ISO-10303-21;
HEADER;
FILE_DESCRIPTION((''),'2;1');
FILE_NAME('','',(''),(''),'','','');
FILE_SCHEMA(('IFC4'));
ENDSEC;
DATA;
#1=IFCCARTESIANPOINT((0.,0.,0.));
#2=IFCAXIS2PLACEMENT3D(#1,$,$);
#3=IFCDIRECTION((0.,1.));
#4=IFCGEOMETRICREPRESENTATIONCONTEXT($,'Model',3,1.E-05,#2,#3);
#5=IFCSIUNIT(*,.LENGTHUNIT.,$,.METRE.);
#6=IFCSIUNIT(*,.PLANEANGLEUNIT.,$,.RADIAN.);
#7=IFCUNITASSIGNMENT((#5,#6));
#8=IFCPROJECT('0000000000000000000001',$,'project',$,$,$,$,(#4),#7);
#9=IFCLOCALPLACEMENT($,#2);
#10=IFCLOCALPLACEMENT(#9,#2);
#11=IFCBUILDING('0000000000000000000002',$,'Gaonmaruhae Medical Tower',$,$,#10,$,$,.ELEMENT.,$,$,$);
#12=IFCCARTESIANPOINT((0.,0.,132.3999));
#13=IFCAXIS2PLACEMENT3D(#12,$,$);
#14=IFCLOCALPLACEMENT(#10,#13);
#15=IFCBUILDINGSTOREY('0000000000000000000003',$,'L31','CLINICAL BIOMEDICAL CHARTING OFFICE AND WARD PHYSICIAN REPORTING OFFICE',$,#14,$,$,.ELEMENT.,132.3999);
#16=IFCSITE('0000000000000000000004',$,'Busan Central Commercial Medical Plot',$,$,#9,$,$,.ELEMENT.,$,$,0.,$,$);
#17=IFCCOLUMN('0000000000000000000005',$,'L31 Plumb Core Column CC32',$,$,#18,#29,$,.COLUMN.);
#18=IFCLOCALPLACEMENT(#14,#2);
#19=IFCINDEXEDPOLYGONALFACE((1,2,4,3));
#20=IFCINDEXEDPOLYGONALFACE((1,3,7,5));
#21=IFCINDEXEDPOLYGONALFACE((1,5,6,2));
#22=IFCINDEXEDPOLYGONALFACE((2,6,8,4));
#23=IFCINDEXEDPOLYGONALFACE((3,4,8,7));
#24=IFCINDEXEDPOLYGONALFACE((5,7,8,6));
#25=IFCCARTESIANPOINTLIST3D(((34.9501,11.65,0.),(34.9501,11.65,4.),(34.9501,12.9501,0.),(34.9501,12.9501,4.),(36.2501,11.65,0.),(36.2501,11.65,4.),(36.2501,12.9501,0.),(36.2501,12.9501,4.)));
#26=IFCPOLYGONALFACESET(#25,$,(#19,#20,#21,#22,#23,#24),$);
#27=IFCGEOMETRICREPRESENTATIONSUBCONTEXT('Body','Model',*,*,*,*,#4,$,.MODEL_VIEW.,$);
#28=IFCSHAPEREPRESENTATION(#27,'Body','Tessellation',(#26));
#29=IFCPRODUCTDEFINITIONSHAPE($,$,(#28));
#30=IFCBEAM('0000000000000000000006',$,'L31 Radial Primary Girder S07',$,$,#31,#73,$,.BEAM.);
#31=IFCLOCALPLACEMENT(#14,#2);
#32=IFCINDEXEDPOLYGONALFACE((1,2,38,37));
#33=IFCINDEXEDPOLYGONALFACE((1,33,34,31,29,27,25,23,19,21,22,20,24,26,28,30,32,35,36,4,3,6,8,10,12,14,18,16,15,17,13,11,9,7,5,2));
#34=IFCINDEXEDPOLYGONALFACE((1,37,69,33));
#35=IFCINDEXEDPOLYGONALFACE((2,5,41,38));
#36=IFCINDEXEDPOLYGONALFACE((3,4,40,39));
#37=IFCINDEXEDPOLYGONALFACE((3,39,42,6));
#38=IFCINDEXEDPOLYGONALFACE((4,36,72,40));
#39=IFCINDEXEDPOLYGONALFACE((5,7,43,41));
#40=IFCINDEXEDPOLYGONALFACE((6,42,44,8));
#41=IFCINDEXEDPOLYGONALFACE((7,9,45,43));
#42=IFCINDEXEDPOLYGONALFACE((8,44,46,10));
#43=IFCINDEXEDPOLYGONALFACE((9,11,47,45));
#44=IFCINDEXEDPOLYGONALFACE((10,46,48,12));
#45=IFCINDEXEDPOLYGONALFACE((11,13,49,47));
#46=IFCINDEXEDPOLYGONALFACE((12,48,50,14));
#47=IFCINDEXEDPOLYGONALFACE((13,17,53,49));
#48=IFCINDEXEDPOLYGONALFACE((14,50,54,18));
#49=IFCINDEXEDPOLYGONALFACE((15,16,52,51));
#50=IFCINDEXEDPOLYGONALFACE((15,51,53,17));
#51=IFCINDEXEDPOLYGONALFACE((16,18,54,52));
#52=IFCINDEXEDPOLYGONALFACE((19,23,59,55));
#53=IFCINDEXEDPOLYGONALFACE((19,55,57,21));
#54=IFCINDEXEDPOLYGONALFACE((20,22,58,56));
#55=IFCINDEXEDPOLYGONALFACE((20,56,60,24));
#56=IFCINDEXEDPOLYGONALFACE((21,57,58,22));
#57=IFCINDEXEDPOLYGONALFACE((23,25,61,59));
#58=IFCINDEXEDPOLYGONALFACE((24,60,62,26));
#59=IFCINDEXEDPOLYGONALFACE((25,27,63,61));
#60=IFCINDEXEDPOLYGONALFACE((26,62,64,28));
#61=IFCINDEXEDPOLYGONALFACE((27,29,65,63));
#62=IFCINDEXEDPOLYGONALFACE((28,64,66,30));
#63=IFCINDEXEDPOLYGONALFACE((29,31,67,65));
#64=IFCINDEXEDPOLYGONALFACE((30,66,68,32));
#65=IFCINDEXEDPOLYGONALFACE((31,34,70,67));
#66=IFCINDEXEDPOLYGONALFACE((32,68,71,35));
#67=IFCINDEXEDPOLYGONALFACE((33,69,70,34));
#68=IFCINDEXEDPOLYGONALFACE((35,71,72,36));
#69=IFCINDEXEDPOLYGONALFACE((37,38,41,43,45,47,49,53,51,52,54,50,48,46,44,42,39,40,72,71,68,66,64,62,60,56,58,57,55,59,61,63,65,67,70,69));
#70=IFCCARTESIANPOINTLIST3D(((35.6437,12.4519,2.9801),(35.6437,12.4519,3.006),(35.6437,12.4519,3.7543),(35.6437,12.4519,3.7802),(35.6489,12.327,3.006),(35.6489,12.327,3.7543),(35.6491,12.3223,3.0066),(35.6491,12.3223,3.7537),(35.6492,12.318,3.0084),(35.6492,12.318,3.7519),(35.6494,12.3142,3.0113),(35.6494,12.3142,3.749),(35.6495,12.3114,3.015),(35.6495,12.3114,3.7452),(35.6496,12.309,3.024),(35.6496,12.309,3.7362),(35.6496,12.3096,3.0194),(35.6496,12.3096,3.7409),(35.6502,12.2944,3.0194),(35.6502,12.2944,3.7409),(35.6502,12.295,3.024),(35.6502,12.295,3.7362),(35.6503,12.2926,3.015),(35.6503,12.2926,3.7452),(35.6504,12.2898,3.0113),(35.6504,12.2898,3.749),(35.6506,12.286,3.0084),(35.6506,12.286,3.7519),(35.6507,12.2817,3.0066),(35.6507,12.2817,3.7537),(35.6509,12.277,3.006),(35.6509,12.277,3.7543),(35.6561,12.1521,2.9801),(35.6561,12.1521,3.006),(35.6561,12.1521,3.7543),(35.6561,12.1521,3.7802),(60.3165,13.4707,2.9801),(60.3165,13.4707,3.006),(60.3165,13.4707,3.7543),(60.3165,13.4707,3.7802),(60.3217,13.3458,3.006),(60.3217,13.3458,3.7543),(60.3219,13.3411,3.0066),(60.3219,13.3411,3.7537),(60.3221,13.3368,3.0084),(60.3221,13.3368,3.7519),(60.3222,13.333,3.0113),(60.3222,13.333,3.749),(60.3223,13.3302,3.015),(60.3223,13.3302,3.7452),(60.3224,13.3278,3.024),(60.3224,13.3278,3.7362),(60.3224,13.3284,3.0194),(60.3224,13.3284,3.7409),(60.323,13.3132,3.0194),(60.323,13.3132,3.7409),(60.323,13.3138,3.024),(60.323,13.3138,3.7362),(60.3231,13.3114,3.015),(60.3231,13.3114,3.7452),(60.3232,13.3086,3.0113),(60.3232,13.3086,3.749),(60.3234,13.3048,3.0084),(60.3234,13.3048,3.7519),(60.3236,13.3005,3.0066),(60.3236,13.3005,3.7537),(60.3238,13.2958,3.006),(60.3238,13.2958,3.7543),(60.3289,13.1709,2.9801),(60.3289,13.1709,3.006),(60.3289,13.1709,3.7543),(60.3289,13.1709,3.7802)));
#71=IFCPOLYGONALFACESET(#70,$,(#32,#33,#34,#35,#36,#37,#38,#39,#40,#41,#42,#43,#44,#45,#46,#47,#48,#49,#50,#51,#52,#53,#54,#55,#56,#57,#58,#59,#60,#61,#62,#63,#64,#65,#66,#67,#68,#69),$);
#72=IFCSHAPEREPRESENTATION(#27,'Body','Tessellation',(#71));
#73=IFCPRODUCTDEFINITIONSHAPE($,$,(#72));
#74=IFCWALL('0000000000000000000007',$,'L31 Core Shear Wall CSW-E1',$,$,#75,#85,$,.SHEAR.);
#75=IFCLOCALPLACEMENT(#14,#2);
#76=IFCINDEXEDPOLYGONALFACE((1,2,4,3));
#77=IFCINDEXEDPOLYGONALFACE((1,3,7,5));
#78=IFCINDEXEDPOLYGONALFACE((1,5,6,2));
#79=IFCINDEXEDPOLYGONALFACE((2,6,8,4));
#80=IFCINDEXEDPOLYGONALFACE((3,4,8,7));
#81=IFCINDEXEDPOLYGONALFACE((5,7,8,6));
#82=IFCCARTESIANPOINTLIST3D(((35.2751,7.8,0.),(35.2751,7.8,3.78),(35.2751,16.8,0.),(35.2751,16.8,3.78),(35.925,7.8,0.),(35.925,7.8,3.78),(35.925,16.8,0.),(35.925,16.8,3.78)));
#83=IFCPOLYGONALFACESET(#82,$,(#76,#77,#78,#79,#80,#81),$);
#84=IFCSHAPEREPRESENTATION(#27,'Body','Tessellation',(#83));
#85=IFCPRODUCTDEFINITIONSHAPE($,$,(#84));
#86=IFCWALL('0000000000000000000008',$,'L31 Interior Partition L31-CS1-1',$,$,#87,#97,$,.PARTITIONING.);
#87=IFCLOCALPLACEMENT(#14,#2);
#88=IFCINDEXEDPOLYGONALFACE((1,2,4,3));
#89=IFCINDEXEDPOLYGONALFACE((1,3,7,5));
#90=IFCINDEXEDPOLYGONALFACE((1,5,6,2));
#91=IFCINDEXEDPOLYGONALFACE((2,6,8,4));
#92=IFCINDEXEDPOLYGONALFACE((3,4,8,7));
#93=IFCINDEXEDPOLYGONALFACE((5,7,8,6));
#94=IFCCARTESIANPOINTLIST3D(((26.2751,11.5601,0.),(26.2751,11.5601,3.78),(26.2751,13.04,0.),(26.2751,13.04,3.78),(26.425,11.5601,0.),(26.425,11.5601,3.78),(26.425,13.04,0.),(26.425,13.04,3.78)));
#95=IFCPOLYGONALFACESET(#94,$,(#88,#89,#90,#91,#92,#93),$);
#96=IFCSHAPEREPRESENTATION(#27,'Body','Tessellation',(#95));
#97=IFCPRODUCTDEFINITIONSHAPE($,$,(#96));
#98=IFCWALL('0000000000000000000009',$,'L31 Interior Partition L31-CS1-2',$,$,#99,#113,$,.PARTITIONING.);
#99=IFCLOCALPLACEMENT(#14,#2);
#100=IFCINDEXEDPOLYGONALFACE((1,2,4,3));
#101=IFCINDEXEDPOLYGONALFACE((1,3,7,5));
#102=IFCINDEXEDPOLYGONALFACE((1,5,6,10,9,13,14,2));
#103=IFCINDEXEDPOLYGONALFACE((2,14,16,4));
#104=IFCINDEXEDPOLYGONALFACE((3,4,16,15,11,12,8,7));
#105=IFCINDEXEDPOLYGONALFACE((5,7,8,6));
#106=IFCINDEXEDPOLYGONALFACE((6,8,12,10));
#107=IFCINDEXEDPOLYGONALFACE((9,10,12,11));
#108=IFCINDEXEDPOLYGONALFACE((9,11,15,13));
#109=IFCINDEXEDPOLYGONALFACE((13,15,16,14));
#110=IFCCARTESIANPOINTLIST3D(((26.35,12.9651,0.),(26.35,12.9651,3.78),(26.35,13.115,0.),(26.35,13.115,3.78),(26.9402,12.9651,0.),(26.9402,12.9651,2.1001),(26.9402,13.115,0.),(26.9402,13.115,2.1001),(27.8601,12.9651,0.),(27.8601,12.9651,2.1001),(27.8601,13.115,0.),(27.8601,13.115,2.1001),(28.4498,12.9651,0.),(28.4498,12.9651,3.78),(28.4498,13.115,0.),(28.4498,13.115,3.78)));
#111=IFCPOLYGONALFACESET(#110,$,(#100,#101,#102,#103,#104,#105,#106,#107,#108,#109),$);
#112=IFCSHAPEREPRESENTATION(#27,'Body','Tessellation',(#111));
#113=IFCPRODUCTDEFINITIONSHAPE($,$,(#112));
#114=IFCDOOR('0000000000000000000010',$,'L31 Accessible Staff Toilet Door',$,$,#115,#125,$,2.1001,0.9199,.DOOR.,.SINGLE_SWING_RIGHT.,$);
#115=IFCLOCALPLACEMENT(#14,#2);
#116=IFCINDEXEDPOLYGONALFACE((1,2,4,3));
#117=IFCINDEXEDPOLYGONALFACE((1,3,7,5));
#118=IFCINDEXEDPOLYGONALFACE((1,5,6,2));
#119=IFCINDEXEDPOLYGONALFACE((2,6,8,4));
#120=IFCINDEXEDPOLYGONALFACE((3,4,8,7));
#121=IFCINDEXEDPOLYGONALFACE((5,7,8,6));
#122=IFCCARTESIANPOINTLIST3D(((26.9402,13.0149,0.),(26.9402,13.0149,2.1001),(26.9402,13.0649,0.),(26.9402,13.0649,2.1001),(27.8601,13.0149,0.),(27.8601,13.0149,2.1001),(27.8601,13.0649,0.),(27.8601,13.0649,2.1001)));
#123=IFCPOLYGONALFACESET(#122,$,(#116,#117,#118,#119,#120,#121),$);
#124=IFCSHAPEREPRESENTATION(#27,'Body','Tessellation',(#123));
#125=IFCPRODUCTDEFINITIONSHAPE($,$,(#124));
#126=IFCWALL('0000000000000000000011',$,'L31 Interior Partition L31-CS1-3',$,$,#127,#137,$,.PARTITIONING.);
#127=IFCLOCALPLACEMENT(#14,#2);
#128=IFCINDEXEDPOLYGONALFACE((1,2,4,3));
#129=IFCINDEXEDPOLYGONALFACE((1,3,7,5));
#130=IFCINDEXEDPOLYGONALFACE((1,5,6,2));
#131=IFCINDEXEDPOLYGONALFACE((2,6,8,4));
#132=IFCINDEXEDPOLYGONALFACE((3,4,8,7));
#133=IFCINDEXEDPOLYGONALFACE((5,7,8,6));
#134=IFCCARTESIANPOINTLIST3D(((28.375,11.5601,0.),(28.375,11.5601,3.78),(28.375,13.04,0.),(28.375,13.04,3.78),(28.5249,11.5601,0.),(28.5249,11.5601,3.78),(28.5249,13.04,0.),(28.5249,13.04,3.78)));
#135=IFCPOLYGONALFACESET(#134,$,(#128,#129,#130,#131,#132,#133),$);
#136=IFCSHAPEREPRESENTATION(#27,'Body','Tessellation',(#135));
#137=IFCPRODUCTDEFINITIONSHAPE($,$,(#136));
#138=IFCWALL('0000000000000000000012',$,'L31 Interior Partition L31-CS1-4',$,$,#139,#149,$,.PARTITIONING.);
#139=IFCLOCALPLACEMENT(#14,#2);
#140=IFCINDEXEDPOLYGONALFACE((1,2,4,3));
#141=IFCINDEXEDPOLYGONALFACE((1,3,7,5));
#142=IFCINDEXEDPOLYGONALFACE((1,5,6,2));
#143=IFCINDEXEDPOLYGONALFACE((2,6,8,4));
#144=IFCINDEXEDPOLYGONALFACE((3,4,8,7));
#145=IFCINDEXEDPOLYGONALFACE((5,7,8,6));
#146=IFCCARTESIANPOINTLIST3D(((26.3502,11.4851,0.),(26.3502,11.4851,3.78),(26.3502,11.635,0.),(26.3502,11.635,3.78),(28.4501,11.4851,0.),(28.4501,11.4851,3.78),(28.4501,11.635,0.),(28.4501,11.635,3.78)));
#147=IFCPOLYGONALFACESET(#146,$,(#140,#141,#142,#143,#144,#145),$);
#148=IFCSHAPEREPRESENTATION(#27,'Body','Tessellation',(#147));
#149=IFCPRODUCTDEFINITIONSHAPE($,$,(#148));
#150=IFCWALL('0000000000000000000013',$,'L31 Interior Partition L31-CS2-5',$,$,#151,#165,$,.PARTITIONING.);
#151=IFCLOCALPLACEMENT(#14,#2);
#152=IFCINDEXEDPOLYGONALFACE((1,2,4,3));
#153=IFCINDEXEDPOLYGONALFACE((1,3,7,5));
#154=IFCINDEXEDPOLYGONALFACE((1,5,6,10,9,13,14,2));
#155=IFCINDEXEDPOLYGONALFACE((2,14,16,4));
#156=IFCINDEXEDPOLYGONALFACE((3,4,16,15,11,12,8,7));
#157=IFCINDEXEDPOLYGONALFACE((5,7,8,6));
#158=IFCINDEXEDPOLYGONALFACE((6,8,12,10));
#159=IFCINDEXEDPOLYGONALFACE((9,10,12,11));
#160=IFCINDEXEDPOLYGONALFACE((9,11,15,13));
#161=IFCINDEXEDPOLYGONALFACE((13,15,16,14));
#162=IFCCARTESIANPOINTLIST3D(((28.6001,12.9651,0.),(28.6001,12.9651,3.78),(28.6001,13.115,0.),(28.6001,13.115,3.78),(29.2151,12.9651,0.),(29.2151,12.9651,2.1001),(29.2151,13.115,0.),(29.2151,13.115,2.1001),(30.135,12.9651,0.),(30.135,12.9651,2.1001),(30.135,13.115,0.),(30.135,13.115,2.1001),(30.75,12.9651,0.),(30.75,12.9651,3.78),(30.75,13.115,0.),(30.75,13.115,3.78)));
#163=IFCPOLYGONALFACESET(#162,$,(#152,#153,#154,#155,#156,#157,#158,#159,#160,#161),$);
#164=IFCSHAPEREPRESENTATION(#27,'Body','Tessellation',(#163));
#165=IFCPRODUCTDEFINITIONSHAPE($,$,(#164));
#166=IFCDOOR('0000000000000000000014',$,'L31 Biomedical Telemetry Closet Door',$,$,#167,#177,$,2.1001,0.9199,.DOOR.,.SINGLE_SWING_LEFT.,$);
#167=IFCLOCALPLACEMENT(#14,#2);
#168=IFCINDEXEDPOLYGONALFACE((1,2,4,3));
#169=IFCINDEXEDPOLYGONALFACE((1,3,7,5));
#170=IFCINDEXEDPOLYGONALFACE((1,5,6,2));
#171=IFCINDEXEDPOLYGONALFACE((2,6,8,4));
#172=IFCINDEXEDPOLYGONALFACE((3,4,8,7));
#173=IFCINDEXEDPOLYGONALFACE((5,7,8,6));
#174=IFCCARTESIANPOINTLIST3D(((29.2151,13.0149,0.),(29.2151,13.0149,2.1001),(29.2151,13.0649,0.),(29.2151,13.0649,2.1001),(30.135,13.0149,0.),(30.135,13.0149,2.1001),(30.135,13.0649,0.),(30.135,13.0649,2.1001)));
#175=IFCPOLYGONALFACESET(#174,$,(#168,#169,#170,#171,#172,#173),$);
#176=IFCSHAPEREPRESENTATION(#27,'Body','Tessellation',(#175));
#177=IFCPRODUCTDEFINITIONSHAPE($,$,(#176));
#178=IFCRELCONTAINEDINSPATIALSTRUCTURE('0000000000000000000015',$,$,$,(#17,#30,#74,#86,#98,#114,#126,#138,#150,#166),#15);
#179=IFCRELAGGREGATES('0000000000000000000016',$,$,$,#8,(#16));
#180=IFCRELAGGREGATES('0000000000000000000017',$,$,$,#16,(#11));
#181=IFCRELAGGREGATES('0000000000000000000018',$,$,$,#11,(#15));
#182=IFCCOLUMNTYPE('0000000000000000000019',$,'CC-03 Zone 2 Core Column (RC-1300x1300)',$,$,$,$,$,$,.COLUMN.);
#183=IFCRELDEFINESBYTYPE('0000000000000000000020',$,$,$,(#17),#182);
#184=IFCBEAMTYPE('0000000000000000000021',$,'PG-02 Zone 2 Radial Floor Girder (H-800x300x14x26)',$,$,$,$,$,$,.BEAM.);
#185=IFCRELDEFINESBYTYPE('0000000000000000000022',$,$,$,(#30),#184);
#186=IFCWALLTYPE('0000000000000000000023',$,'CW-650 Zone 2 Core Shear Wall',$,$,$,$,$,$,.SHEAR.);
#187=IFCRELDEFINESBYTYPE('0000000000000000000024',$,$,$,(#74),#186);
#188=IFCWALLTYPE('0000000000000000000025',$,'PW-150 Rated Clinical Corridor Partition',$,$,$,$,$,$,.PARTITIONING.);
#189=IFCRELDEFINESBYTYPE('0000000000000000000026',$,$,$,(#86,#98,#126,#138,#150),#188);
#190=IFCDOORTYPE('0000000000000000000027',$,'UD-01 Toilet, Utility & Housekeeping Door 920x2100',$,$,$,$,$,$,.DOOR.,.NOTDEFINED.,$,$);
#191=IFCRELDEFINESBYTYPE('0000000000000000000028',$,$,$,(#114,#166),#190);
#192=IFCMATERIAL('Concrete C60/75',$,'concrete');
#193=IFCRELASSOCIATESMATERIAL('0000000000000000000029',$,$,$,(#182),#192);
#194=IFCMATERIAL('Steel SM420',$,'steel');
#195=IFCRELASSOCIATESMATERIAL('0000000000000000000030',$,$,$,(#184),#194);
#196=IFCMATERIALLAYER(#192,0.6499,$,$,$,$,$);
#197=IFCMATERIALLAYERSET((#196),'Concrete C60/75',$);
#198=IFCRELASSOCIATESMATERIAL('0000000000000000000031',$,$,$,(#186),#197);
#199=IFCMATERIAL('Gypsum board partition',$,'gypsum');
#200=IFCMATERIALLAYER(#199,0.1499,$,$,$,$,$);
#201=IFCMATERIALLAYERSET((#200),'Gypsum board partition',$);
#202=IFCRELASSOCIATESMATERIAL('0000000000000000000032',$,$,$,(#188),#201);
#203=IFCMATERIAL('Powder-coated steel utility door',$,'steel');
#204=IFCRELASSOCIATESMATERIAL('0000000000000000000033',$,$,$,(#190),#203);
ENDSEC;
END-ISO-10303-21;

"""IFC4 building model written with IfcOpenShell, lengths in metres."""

from ifc_helpers import new_model, si_unit, direction, frame, frame_2d, origin, origin_2d, place, context, subcontext, project, spatial, rectangle, i_section, extrude, material, layer, layer_set, material_profile, profile_set, type_object, element, fill, save


model = new_model("IFC4")

# Units and contexts
model_context = context("Model", 3, precision=1e-05, world=origin(), true_north=direction((0.0, 1.0)))
body_context = subcontext(model_context, "Body", "Model", "MODEL_VIEW")
ifc_project = project(units=[si_unit("LENGTHUNIT", "METRE"), si_unit("PLANEANGLEUNIT", "RADIAN")], contexts=[model_context])

# Site, building, storey
site_placement = place(None, origin())
site = spatial("IfcSite", under=ifc_project, at=site_placement, Name="Busan Central Commercial Medical Plot", CompositionType="ELEMENT", RefElevation=0.0)
building_placement = place(site_placement, origin())
building = spatial("IfcBuilding", under=site, at=building_placement, Name="Gaonmaruhae Medical Tower", CompositionType="ELEMENT")
storey_placement = place(building_placement, frame((0.0, 0.0, 132.3999)))
storey = spatial("IfcBuildingStorey", under=building, at=storey_placement, Name="L31", Description="CLINICAL BIOMEDICAL CHARTING OFFICE AND WARD PHYSICIAN REPORTING OFFICE", CompositionType="ELEMENT", Elevation=132.3999)

# Column
ifc_material_1 = material(Name="Concrete C60/75", Category="concrete")
ifc_material_profile_1 = material_profile(ifc_material_1, rectangle(XDim=1.3, YDim=1.3, at=origin_2d()), Name="RC-1300x1300")
ifc_profile_set_1 = profile_set([ifc_material_profile_1], Name="Concrete C60/75")
column_type = type_object("IfcColumnType", Name="CC-03 Zone 2 Core Column (RC-1300x1300)", PredefinedType="COLUMN", material=ifc_profile_set_1)
column_placement = place(storey_placement, frame((35.6001, 12.3, 0.0), z_axis=(0.0, 0.0, 1.0), x_axis=(1.0, 0.0, 0.0)))
element("IfcColumn", 1, at=column_placement, inside=storey, type_object=column_type, Name="L31 Plumb Core Column CC32", PredefinedType="COLUMN", context=body_context, shape_type="SweptSolid", body=[
    extrude(rectangle(XDim=1.3, YDim=1.3, at=origin_2d()), origin(), (0.0, 0.0, 1.0), 4.0),
])

# Beam
ifc_material_2 = material(Name="Steel SM420", Category="steel")
ifc_material_profile_2 = material_profile(ifc_material_2, i_section(OverallWidth=0.3, OverallDepth=0.8, WebThickness=0.0139, FlangeThickness=0.0259, FilletRadius=0.0181, at=origin_2d()), Name="H-800x300x14x26")
ifc_profile_set_2 = profile_set([ifc_material_profile_2], Name="Steel SM420")
beam_type = type_object("IfcBeamType", Name="PG-02 Zone 2 Radial Floor Girder (H-800x300x14x26)", PredefinedType="BEAM", material=ifc_profile_set_2)
beam_placement = place(storey_placement, frame((35.6499, 12.302, 3.3801), z_axis=(0.999149, 0.041257, 0.0), x_axis=(-0.041257, 0.999149, 0.0)))
element("IfcBeam", 2, at=beam_placement, inside=storey, type_object=beam_type, Name="L31 Radial Primary Girder S07", PredefinedType="BEAM", context=body_context, shape_type="SweptSolid", body=[
    extrude(i_section(OverallWidth=0.3, OverallDepth=0.8, WebThickness=0.0139, FlangeThickness=0.0259, FilletRadius=0.0181, at=origin_2d()), origin(), (0.0, 0.0, 1.0), 24.6938),
])

# Walls
ifc_layer_1 = layer(ifc_material_1, 0.6499)
ifc_layer_set_1 = layer_set([ifc_layer_1], Name="Concrete C60/75")
wall_type_1 = type_object("IfcWallType", Name="CW-650 Zone 2 Core Shear Wall", PredefinedType="SHEAR", material=ifc_layer_set_1)
wall_1_placement = place(storey_placement, frame((35.6001, 7.8, 0.0), z_axis=(0.0, 0.0, 1.0), x_axis=(0.0, 1.0, 0.0)))
element("IfcWall", 3, at=wall_1_placement, inside=storey, type_object=wall_type_1, Name="L31 Core Shear Wall CSW-E1", PredefinedType="SHEAR", context=body_context, shape_type="SweptSolid", body=[
    extrude(rectangle(XDim=9.0, YDim=0.6499, at=frame_2d((4.5, 0.0))), origin(), (0.0, 0.0, 1.0), 3.78),
])
ifc_material_3 = material(Name="Gypsum board partition", Category="gypsum")
ifc_layer_2 = layer(ifc_material_3, 0.1499)
ifc_layer_set_2 = layer_set([ifc_layer_2], Name="Gypsum board partition")
wall_type_2 = type_object("IfcWallType", Name="PW-150 Rated Clinical Corridor Partition", PredefinedType="PARTITIONING", material=ifc_layer_set_2)
wall_2_placement = place(storey_placement, frame((26.3501, 11.5601, 0.0), z_axis=(0.0, 0.0, 1.0), x_axis=(0.0, 1.0, 0.0)))
element("IfcWall", 4, at=wall_2_placement, inside=storey, type_object=wall_type_2, Name="L31 Interior Partition L31-CS1-1", PredefinedType="PARTITIONING", context=body_context, shape_type="SweptSolid", body=[
    extrude(rectangle(XDim=1.48, YDim=0.1499, at=frame_2d((0.74, 0.0))), origin(), (0.0, 0.0, 1.0), 3.78),
])

# Wall, opening, door
wall_3_placement = place(storey_placement, frame((26.3501, 13.04, 0.0), z_axis=(0.0, 0.0, 1.0), x_axis=(1.0, 0.0, 0.0)))
wall_3 = element("IfcWall", 5, at=wall_3_placement, inside=storey, type_object=wall_type_2, Name="L31 Interior Partition L31-CS1-2", PredefinedType="PARTITIONING", context=body_context, shape_type="SweptSolid", body=[
    extrude(rectangle(XDim=2.0999, YDim=0.1499, at=frame_2d((1.0498, 0.0))), origin(), (0.0, 0.0, 1.0), 3.78),
])
opening_1_placement = place(wall_3_placement, frame((0.5901, 0.0, 0.0)))
opening_1 = element("IfcOpeningElement", 6, at=opening_1_placement, cuts=wall_3, PredefinedType="OPENING", context=body_context, shape_type="SweptSolid", body=[
    extrude(rectangle(XDim=0.9199, YDim=2.1001, at=frame_2d((0.46, 1.05))), frame((0.0, 0.085, 0.0), z_axis=(0.0, -1.0, 0.0), x_axis=(1.0, 0.0, 0.0)), (0.0, 0.0, 1.0), 0.1699),
])
ifc_material_4 = material(Name="Powder-coated steel utility door", Category="steel")
door_type_1 = type_object("IfcDoorType", Name="UD-01 Toilet, Utility & Housekeeping Door 920x2100", OperationType="NOTDEFINED", PredefinedType="DOOR", material=ifc_material_4)
door_1_placement = place(opening_1_placement, origin())
door_1 = element("IfcDoor", 7, at=door_1_placement, inside=storey, type_object=door_type_1, Name="L31 Accessible Staff Toilet Door", OperationType="SINGLE_SWING_RIGHT", OverallHeight=2.1001, OverallWidth=0.9199, PredefinedType="DOOR", context=body_context, shape_type="SweptSolid", body=[
    extrude(rectangle(XDim=0.9199, YDim=2.1001, at=frame_2d((0.46, 1.05))), frame((0.0, 0.0249, 0.0), z_axis=(0.0, -1.0, 0.0), x_axis=(1.0, 0.0, 0.0)), (0.0, 0.0, 1.0), 0.05),
])
fill(opening_1, door_1)

# Walls
wall_4_placement = place(storey_placement, frame((28.45, 13.04, 0.0), z_axis=(0.0, 0.0, 1.0), x_axis=(0.0, -1.0, 0.0)))
element("IfcWall", 8, at=wall_4_placement, inside=storey, type_object=wall_type_2, Name="L31 Interior Partition L31-CS1-3", PredefinedType="PARTITIONING", context=body_context, shape_type="SweptSolid", body=[
    extrude(rectangle(XDim=1.48, YDim=0.1499, at=frame_2d((0.74, 0.0))), origin(), (0.0, 0.0, 1.0), 3.78),
])
wall_5_placement = place(storey_placement, frame((28.45, 11.5601, 0.0), z_axis=(0.0, 0.0, 1.0), x_axis=(-1.0, 0.0, 0.0)))
element("IfcWall", 9, at=wall_5_placement, inside=storey, type_object=wall_type_2, Name="L31 Interior Partition L31-CS1-4", PredefinedType="PARTITIONING", context=body_context, shape_type="SweptSolid", body=[
    extrude(rectangle(XDim=2.0999, YDim=0.1499, at=frame_2d((1.0498, 0.0))), origin(), (0.0, 0.0, 1.0), 3.78),
])

# Wall, opening, door
wall_6_placement = place(storey_placement, frame((28.6001, 13.04, 0.0), z_axis=(0.0, 0.0, 1.0), x_axis=(1.0, 0.0, 0.0)))
wall_6 = element("IfcWall", 10, at=wall_6_placement, inside=storey, type_object=wall_type_2, Name="L31 Interior Partition L31-CS2-5", PredefinedType="PARTITIONING", context=body_context, shape_type="SweptSolid", body=[
    extrude(rectangle(XDim=2.1499, YDim=0.1499, at=frame_2d((1.075, 0.0))), origin(), (0.0, 0.0, 1.0), 3.78),
])
opening_2_placement = place(wall_6_placement, frame((0.615, 0.0, 0.0)))
opening_2 = element("IfcOpeningElement", 11, at=opening_2_placement, cuts=wall_6, PredefinedType="OPENING", context=body_context, shape_type="SweptSolid", body=[
    extrude(rectangle(XDim=0.9199, YDim=2.1001, at=frame_2d((0.46, 1.05))), frame((0.0, 0.085, 0.0), z_axis=(0.0, -1.0, 0.0), x_axis=(1.0, 0.0, 0.0)), (0.0, 0.0, 1.0), 0.1699),
])
door_2_placement = place(opening_2_placement, origin())
door_2 = element("IfcDoor", 12, at=door_2_placement, inside=storey, type_object=door_type_1, Name="L31 Biomedical Telemetry Closet Door", OperationType="SINGLE_SWING_LEFT", OverallHeight=2.1001, OverallWidth=0.9199, PredefinedType="DOOR", context=body_context, shape_type="SweptSolid", body=[
    extrude(rectangle(XDim=0.9199, YDim=2.1001, at=frame_2d((0.46, 1.05))), frame((0.0, 0.0249, 0.0), z_axis=(0.0, -1.0, 0.0), x_axis=(1.0, 0.0, 0.0)), (0.0, 0.0, 1.0), 0.05),
])
fill(opening_2, door_2)

save(model, "model.ifc")
